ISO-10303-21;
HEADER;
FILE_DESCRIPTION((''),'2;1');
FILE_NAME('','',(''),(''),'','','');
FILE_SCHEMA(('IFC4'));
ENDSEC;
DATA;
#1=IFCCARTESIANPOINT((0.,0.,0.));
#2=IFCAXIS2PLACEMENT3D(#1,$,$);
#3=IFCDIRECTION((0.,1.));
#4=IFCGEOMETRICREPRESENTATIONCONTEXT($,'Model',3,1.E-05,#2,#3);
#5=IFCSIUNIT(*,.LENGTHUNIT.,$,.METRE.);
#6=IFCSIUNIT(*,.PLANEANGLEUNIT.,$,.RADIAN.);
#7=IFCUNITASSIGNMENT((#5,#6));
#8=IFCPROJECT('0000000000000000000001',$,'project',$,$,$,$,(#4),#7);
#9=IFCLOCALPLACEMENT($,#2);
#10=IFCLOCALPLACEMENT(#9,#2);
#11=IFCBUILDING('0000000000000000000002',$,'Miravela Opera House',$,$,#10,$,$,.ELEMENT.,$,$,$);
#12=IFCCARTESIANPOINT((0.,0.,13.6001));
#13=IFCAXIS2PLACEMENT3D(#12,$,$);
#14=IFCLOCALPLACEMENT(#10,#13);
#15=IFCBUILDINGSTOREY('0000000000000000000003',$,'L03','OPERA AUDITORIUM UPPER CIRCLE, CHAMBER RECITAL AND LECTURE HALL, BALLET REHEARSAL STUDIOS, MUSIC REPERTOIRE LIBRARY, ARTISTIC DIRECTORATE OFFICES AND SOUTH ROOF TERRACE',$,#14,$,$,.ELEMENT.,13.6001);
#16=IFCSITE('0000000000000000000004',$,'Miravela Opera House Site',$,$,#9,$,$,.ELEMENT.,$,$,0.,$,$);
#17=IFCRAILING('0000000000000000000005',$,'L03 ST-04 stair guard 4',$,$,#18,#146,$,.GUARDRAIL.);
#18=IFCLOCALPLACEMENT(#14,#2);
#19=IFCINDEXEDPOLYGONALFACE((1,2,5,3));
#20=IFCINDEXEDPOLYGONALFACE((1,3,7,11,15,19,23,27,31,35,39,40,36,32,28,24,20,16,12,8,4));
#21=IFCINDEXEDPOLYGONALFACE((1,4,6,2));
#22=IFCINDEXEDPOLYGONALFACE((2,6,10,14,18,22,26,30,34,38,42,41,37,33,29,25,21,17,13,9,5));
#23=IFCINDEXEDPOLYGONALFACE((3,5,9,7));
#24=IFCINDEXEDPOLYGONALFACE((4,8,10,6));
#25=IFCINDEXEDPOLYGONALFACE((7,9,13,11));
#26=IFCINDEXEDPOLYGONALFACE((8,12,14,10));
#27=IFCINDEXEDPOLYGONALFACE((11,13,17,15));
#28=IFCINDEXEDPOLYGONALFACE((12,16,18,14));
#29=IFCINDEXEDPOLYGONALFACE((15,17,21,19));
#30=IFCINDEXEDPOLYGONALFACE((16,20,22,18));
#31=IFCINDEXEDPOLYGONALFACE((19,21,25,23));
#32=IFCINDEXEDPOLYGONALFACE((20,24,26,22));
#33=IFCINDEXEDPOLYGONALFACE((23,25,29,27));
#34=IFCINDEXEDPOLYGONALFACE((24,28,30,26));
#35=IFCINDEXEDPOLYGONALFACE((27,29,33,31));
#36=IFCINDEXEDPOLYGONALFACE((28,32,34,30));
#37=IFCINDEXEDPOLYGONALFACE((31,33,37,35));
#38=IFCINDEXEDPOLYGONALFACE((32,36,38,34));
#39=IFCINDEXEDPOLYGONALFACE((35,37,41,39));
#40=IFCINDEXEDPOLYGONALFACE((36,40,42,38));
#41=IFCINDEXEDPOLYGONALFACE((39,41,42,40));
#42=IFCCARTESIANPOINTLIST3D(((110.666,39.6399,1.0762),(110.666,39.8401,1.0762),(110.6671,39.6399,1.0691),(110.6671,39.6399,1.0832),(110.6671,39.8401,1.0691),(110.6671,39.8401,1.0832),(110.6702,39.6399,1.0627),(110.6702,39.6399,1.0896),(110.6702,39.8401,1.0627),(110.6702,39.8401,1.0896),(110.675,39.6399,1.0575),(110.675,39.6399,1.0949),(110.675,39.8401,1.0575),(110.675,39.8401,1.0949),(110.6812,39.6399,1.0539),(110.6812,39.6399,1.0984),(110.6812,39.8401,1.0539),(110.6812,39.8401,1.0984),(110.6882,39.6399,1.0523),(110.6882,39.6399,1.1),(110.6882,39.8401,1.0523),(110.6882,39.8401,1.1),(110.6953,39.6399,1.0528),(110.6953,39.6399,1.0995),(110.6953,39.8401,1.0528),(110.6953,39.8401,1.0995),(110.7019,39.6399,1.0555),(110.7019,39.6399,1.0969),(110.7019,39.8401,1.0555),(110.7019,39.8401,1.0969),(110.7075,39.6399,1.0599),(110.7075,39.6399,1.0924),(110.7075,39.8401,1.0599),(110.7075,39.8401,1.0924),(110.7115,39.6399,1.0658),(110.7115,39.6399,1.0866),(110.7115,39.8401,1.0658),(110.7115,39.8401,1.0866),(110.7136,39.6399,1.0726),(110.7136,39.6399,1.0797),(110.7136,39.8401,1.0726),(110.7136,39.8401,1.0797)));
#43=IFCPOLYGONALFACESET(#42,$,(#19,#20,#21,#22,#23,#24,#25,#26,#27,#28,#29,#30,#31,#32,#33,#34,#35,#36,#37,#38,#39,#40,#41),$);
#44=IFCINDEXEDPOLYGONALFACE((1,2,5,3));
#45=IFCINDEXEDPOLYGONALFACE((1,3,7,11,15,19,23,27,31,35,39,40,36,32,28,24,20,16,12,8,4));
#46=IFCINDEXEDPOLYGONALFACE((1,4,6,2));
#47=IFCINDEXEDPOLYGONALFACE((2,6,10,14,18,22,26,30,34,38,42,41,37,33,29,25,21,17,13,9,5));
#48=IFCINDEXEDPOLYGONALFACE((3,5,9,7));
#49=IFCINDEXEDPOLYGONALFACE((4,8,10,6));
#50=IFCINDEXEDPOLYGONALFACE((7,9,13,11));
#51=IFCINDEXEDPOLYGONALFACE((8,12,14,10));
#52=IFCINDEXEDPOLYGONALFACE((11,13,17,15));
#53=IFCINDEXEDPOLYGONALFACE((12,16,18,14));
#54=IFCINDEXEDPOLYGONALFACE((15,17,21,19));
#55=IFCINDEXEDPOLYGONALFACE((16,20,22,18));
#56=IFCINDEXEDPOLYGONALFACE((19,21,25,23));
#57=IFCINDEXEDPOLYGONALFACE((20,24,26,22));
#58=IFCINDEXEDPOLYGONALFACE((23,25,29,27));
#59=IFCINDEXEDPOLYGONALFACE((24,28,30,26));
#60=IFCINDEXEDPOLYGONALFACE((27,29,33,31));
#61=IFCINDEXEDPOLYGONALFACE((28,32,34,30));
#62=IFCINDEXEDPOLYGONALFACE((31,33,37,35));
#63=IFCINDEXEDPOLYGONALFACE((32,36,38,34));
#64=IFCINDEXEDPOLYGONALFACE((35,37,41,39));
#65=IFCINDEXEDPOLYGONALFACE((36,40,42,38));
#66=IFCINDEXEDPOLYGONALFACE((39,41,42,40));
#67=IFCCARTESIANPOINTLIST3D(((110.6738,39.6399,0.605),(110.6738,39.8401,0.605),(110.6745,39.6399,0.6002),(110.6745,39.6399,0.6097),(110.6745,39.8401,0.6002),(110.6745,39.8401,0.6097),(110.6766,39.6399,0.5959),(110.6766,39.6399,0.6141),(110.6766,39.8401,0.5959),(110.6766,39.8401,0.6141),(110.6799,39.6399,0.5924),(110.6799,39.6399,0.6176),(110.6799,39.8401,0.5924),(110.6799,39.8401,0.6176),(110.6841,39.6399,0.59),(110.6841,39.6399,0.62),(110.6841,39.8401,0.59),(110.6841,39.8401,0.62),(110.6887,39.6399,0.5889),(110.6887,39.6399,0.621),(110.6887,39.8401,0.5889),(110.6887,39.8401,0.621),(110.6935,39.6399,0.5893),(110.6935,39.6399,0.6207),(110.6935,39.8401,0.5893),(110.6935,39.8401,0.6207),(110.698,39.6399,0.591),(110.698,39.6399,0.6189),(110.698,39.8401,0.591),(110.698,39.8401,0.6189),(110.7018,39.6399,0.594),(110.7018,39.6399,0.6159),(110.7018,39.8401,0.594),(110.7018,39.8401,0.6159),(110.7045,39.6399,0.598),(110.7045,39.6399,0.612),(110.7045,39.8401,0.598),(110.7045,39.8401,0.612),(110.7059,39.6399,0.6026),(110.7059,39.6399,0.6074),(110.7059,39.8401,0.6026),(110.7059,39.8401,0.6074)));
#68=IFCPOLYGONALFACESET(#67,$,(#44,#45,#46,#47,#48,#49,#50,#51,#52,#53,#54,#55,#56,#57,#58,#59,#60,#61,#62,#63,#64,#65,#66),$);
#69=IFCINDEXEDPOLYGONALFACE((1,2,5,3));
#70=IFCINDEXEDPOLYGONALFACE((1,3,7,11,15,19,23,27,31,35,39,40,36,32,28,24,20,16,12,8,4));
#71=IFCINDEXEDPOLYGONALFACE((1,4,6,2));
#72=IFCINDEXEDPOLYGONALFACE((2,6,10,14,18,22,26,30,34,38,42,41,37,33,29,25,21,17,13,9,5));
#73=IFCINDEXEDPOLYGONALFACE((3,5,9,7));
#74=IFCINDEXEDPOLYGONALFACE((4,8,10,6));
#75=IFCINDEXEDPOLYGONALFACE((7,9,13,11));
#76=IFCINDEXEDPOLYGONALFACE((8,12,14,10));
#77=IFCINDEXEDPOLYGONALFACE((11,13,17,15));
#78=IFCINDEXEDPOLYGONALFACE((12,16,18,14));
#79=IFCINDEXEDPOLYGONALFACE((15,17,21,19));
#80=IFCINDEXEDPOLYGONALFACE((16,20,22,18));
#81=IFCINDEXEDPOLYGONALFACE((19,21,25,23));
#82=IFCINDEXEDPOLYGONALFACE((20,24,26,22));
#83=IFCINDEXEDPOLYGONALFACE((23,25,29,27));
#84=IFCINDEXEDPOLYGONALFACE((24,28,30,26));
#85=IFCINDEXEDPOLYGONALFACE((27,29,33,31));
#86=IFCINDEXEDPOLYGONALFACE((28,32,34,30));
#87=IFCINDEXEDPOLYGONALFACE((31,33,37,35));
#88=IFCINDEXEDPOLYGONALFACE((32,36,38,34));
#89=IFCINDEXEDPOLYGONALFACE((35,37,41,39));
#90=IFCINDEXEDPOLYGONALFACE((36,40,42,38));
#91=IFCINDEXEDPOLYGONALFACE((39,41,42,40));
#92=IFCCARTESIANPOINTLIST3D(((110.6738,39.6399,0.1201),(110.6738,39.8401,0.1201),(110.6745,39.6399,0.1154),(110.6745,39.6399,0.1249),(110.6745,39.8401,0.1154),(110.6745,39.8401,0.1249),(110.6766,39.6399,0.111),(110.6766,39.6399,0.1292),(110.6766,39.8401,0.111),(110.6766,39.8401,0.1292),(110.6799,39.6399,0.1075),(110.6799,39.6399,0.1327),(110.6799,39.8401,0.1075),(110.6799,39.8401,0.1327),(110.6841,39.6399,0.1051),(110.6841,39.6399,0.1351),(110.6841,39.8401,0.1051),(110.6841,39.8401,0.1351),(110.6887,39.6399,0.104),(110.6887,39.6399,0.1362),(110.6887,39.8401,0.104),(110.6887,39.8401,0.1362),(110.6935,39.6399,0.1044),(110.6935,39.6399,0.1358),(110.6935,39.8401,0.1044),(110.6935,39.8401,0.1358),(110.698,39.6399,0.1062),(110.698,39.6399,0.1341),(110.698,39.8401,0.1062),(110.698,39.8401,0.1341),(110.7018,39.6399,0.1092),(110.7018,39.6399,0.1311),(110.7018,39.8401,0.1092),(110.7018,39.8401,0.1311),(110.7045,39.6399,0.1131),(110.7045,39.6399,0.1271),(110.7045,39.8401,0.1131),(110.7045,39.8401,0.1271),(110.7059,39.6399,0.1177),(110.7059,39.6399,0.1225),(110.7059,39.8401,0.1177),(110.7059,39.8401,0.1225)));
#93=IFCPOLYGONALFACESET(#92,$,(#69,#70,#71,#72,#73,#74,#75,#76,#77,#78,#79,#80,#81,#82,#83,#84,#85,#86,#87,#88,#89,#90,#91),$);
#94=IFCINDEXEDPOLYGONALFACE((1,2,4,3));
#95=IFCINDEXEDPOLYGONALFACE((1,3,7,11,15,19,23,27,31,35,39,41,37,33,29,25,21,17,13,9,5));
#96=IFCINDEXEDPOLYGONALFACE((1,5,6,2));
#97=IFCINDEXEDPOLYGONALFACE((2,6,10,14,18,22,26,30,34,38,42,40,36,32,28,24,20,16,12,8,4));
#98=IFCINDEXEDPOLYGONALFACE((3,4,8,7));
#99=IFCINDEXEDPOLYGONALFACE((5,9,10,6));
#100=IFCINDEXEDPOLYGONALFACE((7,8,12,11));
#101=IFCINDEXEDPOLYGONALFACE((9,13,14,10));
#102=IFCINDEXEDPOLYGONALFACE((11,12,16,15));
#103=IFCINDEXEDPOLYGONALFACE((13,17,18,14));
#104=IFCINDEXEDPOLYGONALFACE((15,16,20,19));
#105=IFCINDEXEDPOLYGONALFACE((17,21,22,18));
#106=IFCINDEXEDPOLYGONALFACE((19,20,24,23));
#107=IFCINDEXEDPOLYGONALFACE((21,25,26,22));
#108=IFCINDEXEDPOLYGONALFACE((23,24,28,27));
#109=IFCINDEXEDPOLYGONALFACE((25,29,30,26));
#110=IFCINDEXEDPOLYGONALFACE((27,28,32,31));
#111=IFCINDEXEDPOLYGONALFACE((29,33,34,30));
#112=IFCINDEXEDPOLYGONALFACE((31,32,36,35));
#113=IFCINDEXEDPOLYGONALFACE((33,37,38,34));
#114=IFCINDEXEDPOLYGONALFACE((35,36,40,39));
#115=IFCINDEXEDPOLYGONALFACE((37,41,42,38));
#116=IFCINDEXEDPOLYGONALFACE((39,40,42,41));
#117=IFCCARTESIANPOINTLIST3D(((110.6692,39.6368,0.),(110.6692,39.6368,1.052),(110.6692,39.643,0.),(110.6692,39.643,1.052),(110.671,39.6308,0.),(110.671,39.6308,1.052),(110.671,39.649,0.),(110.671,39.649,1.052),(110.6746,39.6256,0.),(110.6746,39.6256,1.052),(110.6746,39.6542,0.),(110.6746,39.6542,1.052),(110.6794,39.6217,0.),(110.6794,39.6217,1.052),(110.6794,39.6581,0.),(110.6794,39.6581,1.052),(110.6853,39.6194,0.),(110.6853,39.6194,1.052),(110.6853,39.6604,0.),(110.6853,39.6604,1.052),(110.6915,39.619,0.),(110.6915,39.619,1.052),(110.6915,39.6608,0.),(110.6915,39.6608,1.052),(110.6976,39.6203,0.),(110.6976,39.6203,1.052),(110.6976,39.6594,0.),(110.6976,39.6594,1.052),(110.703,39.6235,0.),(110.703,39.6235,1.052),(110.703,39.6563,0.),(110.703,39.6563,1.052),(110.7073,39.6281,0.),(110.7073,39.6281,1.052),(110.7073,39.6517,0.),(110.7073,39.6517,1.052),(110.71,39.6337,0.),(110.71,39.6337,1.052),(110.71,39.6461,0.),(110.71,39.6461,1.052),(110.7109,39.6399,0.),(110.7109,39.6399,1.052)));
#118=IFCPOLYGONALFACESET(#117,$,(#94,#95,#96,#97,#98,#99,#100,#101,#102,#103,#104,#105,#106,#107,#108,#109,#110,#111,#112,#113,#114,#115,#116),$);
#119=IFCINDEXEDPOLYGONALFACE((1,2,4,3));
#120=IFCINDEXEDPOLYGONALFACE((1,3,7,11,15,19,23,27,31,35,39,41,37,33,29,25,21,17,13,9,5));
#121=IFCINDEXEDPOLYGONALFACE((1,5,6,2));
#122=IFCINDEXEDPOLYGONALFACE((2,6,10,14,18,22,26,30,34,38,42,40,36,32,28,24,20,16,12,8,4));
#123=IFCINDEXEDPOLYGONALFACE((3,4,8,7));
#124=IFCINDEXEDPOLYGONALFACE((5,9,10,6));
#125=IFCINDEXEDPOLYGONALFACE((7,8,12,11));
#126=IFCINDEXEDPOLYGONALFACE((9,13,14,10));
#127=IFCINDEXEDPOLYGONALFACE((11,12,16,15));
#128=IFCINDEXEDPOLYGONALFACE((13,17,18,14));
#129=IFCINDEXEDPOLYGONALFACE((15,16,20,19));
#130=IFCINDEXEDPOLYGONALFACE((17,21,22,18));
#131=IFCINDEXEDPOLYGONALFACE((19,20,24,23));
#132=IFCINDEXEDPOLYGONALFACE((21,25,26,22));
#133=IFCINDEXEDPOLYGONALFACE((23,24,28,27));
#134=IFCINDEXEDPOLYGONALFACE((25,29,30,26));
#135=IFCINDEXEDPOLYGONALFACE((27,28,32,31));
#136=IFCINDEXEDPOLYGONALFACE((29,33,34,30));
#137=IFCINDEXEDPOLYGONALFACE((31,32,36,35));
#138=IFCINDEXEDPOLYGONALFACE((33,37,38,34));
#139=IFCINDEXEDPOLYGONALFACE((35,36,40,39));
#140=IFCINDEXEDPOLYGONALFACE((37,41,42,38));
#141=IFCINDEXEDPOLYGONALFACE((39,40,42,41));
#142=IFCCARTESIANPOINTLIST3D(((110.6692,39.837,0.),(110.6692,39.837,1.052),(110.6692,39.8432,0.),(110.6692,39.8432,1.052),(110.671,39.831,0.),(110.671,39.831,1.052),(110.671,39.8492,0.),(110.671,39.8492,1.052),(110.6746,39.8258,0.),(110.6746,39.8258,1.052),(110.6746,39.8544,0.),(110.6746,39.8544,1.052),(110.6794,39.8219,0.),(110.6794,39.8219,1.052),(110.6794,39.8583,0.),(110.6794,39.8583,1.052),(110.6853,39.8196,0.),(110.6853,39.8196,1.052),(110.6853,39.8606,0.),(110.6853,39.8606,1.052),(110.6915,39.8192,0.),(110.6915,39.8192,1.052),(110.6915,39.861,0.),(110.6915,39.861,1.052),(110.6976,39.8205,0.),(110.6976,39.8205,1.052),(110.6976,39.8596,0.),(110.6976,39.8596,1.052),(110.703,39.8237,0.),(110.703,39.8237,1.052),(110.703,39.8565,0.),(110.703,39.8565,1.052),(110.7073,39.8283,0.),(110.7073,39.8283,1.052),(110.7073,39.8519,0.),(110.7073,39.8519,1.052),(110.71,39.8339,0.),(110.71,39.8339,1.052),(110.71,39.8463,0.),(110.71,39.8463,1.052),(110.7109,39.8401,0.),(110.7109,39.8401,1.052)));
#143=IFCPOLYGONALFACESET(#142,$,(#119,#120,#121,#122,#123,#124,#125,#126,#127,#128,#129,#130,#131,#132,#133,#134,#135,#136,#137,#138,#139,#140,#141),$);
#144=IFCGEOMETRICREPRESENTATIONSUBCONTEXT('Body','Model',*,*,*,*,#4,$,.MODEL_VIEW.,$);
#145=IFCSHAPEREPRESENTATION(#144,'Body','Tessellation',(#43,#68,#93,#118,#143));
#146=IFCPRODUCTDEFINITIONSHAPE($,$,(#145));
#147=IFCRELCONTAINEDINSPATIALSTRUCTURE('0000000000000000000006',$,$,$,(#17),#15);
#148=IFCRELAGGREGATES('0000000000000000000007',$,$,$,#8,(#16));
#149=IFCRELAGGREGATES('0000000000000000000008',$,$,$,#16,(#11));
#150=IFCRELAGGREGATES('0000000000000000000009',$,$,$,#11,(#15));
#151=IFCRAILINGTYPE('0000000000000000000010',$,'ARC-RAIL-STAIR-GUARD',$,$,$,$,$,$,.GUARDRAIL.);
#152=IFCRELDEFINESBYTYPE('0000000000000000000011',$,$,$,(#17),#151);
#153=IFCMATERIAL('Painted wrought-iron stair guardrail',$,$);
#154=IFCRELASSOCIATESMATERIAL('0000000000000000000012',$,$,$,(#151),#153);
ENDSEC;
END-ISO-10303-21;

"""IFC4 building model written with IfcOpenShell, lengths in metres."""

from ifc_helpers import new_model, si_unit, direction, frame, origin, origin_2d, place, context, subcontext, project, spatial, circle, extrude, material, type_object, element, save


model = new_model("IFC4")

# Units and contexts
model_context = context("Model", 3, precision=1e-05, world=origin(), true_north=direction((0.0, 1.0)))
body_context = subcontext(model_context, "Body", "Model", "MODEL_VIEW")
ifc_project = project(units=[si_unit("LENGTHUNIT", "METRE"), si_unit("PLANEANGLEUNIT", "RADIAN")], contexts=[model_context])

# Site, building, storey
site_placement = place(None, origin())
site = spatial("IfcSite", under=ifc_project, at=site_placement, Name="Miravela Opera House Site", CompositionType="ELEMENT", RefElevation=0.0)
building_placement = place(site_placement, origin())
building = spatial("IfcBuilding", under=site, at=building_placement, Name="Miravela Opera House", CompositionType="ELEMENT")
storey_placement = place(building_placement, frame((0.0, 0.0, 13.6001)))
storey = spatial("IfcBuildingStorey", under=building, at=storey_placement, Name="L03", Description="OPERA AUDITORIUM UPPER CIRCLE, CHAMBER RECITAL AND LECTURE HALL, BALLET REHEARSAL STUDIOS, MUSIC REPERTOIRE LIBRARY, ARTISTIC DIRECTORATE OFFICES AND SOUTH ROOF TERRACE", CompositionType="ELEMENT", Elevation=13.6001)

# Railing
ifc_material_1 = material(Name="Painted wrought-iron stair guardrail")
railing_type_1 = type_object("IfcRailingType", Name="ARC-RAIL-STAIR-GUARD", PredefinedType="GUARDRAIL", material=ifc_material_1)
railing_1_placement = place(storey_placement, frame((110.6899, 39.6399, 0.0)))
element("IfcRailing", 1, at=railing_1_placement, inside=storey, type_object=railing_type_1, Name="L03 ST-04 stair guard 4", PredefinedType="GUARDRAIL", context=body_context, shape_type="SweptSolid", body=[
    extrude(circle(Radius=0.0239, at=origin_2d()), frame((0.0, 0.0, 1.0762), z_axis=(0.0, 1.0, 0.0), x_axis=(-1.0, 0.0, 0.0)), (0.0, 0.0, 1.0), 0.2002),
    extrude(circle(Radius=0.0161, at=origin_2d()), frame((0.0, 0.0, 0.605), z_axis=(0.0, 1.0, 0.0), x_axis=(-1.0, 0.0, 0.0)), (0.0, 0.0, 1.0), 0.2002),
    extrude(circle(Radius=0.0161, at=origin_2d()), frame((0.0, 0.0, 0.1201), z_axis=(0.0, 1.0, 0.0), x_axis=(-1.0, 0.0, 0.0)), (0.0, 0.0, 1.0), 0.2002),
    extrude(circle(Radius=0.021, at=origin_2d()), origin(), (0.0, 0.0, 1.0), 1.052),
    extrude(circle(Radius=0.021, at=origin_2d()), frame((0.0, 0.2002, 0.0)), (0.0, 0.0, 1.0), 1.052),
])

save(model, "model.ifc")
